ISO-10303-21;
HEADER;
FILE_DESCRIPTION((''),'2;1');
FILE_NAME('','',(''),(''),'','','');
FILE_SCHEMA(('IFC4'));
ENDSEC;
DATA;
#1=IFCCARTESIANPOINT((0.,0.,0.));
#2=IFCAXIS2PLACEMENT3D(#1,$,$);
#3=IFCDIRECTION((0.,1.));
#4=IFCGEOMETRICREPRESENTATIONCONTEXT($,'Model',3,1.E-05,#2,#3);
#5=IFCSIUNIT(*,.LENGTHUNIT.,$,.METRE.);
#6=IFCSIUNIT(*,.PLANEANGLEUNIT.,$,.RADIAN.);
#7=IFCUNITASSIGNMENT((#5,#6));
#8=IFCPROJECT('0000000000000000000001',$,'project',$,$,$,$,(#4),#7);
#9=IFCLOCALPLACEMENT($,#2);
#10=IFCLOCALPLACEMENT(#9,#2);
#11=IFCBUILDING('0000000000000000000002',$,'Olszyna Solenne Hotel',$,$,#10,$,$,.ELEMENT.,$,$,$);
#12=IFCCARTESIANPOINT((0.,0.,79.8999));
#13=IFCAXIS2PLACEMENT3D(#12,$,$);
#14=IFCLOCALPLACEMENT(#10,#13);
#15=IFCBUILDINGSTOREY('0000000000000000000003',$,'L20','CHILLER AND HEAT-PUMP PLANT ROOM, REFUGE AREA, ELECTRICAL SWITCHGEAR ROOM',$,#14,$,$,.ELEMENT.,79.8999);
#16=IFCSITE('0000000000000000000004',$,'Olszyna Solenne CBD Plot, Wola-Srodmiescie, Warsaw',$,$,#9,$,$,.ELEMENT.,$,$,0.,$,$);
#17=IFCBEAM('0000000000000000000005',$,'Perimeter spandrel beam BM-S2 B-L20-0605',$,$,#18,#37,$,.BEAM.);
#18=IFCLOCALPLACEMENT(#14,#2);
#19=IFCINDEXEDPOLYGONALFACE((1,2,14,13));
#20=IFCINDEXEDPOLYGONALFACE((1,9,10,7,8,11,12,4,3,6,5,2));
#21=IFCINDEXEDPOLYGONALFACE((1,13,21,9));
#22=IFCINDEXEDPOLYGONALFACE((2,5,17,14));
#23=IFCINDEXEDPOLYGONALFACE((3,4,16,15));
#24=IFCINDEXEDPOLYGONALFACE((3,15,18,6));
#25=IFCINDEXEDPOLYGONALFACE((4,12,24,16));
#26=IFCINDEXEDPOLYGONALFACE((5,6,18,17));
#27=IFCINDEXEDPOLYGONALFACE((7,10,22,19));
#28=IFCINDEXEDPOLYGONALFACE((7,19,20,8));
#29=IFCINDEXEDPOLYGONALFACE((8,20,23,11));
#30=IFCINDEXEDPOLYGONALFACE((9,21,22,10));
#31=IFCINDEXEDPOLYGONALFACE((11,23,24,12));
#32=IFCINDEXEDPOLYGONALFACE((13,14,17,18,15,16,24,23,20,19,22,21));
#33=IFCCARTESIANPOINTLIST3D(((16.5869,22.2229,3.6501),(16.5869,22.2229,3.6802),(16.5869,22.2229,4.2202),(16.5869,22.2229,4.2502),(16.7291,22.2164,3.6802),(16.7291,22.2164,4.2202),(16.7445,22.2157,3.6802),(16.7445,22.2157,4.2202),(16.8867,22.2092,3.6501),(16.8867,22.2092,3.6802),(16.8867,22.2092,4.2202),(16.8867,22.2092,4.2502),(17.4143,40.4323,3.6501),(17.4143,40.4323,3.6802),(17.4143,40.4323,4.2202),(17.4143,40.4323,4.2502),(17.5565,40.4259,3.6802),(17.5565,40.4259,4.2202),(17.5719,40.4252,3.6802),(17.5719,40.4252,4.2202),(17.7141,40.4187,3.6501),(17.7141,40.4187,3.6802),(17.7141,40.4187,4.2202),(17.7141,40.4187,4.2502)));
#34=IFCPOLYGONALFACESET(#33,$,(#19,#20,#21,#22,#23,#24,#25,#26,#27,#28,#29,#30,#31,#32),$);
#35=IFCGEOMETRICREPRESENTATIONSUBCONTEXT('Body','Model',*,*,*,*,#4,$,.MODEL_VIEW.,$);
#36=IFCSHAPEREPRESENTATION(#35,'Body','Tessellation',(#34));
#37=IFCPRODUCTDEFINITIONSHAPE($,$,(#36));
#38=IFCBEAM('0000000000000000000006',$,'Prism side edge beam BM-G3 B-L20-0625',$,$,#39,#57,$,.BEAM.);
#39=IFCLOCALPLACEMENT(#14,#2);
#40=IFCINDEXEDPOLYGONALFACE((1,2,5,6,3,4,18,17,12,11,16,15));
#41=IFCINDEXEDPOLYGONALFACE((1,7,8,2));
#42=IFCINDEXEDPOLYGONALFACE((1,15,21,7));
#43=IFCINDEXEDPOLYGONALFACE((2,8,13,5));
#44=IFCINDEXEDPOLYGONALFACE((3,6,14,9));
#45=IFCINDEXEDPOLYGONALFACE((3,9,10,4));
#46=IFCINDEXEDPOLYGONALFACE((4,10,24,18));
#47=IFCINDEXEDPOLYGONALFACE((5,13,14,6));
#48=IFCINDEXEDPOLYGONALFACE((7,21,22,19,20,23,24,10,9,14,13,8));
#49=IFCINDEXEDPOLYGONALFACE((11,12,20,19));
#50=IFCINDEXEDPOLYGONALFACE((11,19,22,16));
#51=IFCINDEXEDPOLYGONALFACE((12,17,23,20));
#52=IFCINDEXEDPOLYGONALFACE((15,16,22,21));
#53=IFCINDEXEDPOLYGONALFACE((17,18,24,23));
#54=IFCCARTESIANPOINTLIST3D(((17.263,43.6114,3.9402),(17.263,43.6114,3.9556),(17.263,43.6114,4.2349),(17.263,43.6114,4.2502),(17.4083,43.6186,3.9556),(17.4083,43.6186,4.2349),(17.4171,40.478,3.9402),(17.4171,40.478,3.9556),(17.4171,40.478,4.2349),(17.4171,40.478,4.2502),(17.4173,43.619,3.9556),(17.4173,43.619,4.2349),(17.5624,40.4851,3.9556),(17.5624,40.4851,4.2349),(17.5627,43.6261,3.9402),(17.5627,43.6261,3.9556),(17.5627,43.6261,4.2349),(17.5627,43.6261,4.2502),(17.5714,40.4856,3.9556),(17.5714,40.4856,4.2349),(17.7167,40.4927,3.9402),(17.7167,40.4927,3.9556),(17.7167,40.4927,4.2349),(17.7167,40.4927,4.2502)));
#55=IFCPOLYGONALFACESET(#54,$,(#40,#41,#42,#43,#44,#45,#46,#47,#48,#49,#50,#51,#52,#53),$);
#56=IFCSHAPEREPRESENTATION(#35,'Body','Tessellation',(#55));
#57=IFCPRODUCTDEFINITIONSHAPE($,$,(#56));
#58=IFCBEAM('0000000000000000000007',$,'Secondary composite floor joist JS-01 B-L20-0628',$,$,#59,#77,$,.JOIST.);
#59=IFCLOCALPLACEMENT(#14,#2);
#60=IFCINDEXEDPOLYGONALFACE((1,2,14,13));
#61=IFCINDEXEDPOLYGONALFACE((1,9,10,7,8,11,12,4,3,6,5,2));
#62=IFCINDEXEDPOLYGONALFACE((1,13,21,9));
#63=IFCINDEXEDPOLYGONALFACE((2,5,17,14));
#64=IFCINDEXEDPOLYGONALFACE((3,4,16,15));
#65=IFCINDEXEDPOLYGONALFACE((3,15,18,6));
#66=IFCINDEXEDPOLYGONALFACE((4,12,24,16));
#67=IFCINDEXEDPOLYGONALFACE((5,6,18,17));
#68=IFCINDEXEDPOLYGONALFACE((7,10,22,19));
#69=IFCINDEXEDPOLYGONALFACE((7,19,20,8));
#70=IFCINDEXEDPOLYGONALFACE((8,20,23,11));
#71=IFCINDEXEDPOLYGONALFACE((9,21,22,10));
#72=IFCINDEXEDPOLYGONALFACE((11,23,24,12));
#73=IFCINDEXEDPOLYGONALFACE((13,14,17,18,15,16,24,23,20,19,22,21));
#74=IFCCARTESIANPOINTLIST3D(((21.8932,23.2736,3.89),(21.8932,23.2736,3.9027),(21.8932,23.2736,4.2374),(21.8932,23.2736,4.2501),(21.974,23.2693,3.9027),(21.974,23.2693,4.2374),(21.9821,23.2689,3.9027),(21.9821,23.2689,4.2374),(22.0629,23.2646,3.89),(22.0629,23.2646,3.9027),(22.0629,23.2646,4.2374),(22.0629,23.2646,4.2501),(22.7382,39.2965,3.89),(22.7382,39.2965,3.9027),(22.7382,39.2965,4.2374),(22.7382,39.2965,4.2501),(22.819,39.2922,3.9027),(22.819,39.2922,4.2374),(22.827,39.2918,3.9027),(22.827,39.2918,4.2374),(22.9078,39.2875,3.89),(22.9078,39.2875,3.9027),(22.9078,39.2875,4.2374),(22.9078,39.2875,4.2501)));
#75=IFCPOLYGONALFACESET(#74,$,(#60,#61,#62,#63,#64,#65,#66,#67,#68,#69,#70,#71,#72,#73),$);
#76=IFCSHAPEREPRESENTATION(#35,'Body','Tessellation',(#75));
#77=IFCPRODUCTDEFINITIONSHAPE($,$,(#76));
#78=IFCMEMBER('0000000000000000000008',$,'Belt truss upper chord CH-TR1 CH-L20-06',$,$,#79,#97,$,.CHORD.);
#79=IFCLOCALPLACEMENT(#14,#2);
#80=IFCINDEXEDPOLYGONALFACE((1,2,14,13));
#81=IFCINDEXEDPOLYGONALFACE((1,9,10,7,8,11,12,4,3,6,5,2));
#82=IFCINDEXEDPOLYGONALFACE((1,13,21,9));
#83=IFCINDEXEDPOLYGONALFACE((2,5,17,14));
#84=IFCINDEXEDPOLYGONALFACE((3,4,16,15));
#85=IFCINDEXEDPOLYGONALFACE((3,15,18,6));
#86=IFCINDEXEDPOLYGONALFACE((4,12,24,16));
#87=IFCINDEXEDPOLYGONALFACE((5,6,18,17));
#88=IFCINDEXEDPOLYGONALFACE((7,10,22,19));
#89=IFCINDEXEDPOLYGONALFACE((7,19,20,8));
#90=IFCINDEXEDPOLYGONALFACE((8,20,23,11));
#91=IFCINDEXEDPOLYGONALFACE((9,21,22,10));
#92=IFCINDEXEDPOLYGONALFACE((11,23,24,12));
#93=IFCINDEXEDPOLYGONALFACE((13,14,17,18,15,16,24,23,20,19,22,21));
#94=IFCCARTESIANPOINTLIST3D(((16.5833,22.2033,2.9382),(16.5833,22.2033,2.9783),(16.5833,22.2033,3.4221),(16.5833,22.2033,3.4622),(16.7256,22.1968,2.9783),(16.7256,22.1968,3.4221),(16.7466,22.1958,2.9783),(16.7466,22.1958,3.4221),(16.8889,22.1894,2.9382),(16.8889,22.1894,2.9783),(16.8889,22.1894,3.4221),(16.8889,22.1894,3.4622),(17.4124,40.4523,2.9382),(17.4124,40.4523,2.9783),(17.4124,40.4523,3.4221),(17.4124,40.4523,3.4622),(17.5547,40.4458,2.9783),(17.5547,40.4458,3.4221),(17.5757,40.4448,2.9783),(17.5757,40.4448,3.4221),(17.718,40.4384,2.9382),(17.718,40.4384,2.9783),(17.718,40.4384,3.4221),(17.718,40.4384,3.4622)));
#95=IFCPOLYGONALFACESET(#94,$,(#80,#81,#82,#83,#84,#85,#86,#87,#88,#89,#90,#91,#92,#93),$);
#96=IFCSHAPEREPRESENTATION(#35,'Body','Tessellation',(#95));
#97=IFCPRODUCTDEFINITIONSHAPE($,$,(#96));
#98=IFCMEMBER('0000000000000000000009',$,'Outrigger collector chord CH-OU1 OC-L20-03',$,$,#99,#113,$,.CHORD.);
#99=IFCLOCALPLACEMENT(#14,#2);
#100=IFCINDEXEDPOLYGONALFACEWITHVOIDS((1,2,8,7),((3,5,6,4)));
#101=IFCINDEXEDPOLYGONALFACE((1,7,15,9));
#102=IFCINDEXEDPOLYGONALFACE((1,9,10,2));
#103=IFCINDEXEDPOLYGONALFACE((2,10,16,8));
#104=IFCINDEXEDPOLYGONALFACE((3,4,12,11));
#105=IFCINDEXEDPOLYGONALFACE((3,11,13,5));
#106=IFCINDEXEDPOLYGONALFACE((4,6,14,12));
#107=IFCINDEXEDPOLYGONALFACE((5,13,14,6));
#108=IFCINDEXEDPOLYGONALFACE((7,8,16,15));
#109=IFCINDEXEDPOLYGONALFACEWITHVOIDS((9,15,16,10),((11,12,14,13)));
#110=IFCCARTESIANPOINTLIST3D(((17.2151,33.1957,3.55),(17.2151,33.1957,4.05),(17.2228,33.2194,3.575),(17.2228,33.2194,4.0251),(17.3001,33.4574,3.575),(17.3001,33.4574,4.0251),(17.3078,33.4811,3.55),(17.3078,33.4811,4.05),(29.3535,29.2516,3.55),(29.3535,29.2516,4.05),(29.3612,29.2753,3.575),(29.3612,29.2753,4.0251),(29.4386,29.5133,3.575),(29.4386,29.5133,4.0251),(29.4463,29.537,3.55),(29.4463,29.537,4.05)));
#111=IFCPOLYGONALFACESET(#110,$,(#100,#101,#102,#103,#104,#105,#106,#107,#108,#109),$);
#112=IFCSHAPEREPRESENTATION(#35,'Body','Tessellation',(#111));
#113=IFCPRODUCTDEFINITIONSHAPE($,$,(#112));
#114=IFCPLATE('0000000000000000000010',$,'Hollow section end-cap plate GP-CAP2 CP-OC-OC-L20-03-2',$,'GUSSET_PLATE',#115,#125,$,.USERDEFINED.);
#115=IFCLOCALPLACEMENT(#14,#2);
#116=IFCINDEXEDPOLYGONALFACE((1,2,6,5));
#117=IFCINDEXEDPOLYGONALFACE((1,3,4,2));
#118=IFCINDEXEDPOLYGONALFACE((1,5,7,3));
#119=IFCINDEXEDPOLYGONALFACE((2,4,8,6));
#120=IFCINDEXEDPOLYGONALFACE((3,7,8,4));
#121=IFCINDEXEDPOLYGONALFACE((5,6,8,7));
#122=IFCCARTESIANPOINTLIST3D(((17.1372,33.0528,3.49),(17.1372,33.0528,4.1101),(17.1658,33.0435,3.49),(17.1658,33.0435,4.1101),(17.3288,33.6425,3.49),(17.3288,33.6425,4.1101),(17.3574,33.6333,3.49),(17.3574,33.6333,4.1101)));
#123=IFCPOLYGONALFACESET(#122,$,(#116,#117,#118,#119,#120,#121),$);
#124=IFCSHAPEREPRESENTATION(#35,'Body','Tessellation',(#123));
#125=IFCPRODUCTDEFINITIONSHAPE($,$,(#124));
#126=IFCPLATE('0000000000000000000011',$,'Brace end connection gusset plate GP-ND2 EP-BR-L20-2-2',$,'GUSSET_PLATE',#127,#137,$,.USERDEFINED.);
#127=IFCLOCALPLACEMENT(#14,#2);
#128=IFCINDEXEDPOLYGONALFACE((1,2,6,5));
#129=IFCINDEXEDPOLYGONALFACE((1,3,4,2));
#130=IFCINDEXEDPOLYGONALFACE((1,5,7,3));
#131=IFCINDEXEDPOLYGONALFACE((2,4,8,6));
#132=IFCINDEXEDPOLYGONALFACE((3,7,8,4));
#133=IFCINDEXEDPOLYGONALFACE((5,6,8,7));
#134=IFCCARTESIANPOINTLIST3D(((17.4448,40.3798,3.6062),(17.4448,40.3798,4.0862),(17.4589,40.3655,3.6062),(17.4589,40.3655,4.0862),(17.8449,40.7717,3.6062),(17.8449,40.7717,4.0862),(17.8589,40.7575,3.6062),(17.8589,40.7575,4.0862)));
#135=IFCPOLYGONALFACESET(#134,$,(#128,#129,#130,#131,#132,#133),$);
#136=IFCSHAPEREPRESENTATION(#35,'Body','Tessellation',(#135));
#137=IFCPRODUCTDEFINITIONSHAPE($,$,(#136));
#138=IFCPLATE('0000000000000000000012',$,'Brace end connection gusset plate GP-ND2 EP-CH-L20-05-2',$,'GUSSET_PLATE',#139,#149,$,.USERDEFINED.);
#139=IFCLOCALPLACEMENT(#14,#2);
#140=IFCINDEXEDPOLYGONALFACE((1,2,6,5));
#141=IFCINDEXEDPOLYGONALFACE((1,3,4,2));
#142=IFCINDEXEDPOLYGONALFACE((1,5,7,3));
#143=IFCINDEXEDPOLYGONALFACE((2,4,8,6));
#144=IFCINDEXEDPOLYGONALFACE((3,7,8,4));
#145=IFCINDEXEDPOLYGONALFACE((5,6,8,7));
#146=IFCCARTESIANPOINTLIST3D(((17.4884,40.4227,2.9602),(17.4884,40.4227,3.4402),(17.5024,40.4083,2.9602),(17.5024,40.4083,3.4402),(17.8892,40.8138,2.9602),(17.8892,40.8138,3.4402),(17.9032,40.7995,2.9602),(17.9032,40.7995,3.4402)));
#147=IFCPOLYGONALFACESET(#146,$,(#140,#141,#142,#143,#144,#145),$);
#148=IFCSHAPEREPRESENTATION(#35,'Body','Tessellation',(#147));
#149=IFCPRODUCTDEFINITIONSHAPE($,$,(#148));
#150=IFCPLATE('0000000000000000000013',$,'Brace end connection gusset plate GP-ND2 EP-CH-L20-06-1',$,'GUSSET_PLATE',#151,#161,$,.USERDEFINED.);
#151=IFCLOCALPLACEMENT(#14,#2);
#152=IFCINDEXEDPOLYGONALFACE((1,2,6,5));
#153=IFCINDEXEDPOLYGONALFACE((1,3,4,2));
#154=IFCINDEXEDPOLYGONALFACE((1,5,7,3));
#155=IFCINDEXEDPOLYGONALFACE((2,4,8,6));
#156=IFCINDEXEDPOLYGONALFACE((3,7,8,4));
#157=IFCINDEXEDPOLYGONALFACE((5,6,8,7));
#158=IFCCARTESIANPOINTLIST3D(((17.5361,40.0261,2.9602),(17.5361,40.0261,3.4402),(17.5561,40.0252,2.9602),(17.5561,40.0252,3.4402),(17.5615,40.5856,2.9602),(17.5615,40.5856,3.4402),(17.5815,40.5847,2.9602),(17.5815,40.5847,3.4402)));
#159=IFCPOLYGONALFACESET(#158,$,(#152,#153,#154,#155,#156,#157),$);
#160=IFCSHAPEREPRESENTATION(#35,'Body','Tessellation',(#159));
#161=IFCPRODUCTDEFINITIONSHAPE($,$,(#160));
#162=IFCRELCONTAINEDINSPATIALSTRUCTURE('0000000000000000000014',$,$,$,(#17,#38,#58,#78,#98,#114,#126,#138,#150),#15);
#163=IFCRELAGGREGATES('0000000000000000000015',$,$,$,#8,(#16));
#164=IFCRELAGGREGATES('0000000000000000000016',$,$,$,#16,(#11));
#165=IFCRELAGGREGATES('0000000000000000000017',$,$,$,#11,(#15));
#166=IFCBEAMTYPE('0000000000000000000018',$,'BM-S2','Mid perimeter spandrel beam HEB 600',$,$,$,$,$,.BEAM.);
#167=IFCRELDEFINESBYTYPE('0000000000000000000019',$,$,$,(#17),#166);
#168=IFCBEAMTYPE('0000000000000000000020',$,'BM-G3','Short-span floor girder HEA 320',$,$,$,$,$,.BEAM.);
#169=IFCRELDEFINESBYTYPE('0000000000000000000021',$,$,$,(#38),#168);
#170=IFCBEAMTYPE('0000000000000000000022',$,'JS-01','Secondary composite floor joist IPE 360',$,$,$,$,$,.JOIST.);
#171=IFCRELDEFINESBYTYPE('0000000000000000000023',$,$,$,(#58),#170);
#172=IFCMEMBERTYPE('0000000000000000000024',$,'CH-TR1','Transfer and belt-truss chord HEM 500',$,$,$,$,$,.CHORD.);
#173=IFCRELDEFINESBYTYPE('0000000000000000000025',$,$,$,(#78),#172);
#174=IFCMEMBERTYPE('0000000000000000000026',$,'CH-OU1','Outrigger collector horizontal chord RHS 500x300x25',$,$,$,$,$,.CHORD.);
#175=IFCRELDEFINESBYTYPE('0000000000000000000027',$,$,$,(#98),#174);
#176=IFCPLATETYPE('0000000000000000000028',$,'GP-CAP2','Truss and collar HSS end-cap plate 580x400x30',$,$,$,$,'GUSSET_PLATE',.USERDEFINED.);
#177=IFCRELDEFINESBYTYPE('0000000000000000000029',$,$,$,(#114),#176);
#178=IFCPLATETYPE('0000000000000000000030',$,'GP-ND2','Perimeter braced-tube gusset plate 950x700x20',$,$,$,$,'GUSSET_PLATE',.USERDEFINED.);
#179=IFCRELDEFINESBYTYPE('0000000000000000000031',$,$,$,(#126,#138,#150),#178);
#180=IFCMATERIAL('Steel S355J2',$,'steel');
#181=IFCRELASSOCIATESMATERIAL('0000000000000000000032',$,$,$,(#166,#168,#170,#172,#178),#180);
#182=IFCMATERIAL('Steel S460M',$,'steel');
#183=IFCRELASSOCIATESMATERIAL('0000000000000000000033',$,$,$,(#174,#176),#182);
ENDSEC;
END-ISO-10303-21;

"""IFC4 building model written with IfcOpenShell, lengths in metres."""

from ifc_helpers import new_model, si_unit, direction, frame, origin, origin_2d, place, context, subcontext, project, spatial, rectangle, hollow_rectangle, i_section, extrude, source, transform, mapped, material, material_profile, profile_set, type_object, element, save


model = new_model("IFC4")

# Units and contexts
model_context = context("Model", 3, precision=1e-05, world=origin(), true_north=direction((0.0, 1.0)))
body_context = subcontext(model_context, "Body", "Model", "MODEL_VIEW")
ifc_project = project(units=[si_unit("LENGTHUNIT", "METRE"), si_unit("PLANEANGLEUNIT", "RADIAN")], contexts=[model_context])

# Site, building, storey
site_placement = place(None, origin())
site = spatial("IfcSite", under=ifc_project, at=site_placement, Name="Olszyna Solenne CBD Plot, Wola-Srodmiescie, Warsaw", CompositionType="ELEMENT", RefElevation=0.0)
building_placement = place(site_placement, origin())
building = spatial("IfcBuilding", under=site, at=building_placement, Name="Olszyna Solenne Hotel", CompositionType="ELEMENT")
storey_placement = place(building_placement, frame((0.0, 0.0, 79.8999)))
storey = spatial("IfcBuildingStorey", under=building, at=storey_placement, Name="L20", Description="CHILLER AND HEAT-PUMP PLANT ROOM, REFUGE AREA, ELECTRICAL SWITCHGEAR ROOM", CompositionType="ELEMENT", Elevation=79.8999)

# Beams
ifc_material_1 = material(Name="Steel S355J2", Category="steel")
ifc_material_profile_1 = material_profile(ifc_material_1, i_section(OverallWidth=0.3, OverallDepth=0.6001, WebThickness=0.0154, FlangeThickness=0.03, at=origin_2d()), Name="HEB 600", Category="load-bearing")
ifc_profile_set_1 = profile_set([ifc_material_profile_1], Name="Steel S355J2")
beam_type_1 = type_object("IfcBeamType", Name="BM-S2", Description="Mid perimeter spandrel beam HEB 600", PredefinedType="BEAM", material=ifc_profile_set_1)
shared_shape_1 = source(origin(), body_context, "Body", "SweptSolid", [
    extrude(i_section(OverallWidth=0.3, OverallDepth=0.6001, WebThickness=0.0154, FlangeThickness=0.03, at=origin_2d()), origin(), (0.0, 0.0, 1.0), 18.2283),
])
beam_1_placement = place(storey_placement, frame((17.5642, 40.4255, 3.9502), z_axis=(-0.045391, -0.998969, 0.0), x_axis=(0.998969, -0.045391, 0.0)))
element("IfcBeam", 1, at=beam_1_placement, inside=storey, type_object=beam_type_1, Name="Perimeter spandrel beam BM-S2 B-L20-0605", PredefinedType="BEAM", context=body_context, shape_type="MappedRepresentation", body=[
    mapped(shared_shape_1, transform((0.0, 0.0, 0.0), x_axis=(1.0, 0.0, 0.0), y_axis=(0.0, 1.0, 0.0), z_axis=(0.0, 0.0, 1.0), scale=1.0)),
])
ifc_material_profile_2 = material_profile(ifc_material_1, i_section(OverallWidth=0.3, OverallDepth=0.3101, WebThickness=0.009, FlangeThickness=0.0154, at=origin_2d()), Name="HEA 320", Category="load-bearing")
ifc_profile_set_2 = profile_set([ifc_material_profile_2], Name="Steel S355J2")
beam_type_2 = type_object("IfcBeamType", Name="BM-G3", Description="Short-span floor girder HEA 320", PredefinedType="BEAM", material=ifc_profile_set_2)
shared_shape_2 = source(origin(), body_context, "Body", "SweptSolid", [
    extrude(i_section(OverallWidth=0.3, OverallDepth=0.3101, WebThickness=0.009, FlangeThickness=0.0154, at=origin_2d()), origin(), (0.0, 0.0, 1.0), 3.1372),
])
beam_2_placement = place(storey_placement, frame((17.5669, 40.4854, 4.0952), z_axis=(-0.049107, 0.998794, 0.0), x_axis=(-0.998794, -0.049107, 0.0)))
element("IfcBeam", 2, at=beam_2_placement, inside=storey, type_object=beam_type_2, Name="Prism side edge beam BM-G3 B-L20-0625", PredefinedType="BEAM", context=body_context, shape_type="MappedRepresentation", body=[
    mapped(shared_shape_2, transform((0.0, 0.0, 0.0), x_axis=(1.0, 0.0, 0.0), y_axis=(0.0, 1.0, 0.0), z_axis=(0.0, 0.0, 1.0), scale=1.0)),
])
ifc_material_profile_3 = material_profile(ifc_material_1, i_section(OverallWidth=0.1699, OverallDepth=0.3601, WebThickness=0.0081, FlangeThickness=0.0127, at=origin_2d()), Name="IPE 360", Category="load-bearing")
ifc_profile_set_3 = profile_set([ifc_material_profile_3], Name="Steel S355J2")
beam_type_3 = type_object("IfcBeamType", Name="JS-01", Description="Secondary composite floor joist IPE 360", PredefinedType="JOIST", material=ifc_profile_set_3)
shared_shape_3 = source(origin(), body_context, "Body", "SweptSolid", [
    extrude(i_section(OverallWidth=0.1699, OverallDepth=0.3601, WebThickness=0.0081, FlangeThickness=0.0127, at=origin_2d()), origin(), (0.0, 0.0, 1.0), 16.0452),
])
beam_3_placement = place(storey_placement, frame((22.823, 39.292, 4.0701), z_axis=(-0.052662, -0.998612, 0.0), x_axis=(0.998612, -0.052662, 0.0)))
element("IfcBeam", 3, at=beam_3_placement, inside=storey, type_object=beam_type_3, Name="Secondary composite floor joist JS-01 B-L20-0628", PredefinedType="JOIST", context=body_context, shape_type="MappedRepresentation", body=[
    mapped(shared_shape_3, transform((0.0, 0.0, 0.0), x_axis=(1.0, 0.0, 0.0), y_axis=(0.0, 1.0, 0.0), z_axis=(0.0, 0.0, 1.0), scale=1.0)),
])

# Members
ifc_material_profile_4 = material_profile(ifc_material_1, i_section(OverallWidth=0.3059, OverallDepth=0.5239, WebThickness=0.021, FlangeThickness=0.04, at=origin_2d()), Name="HEM 500", Category="load-bearing")
ifc_profile_set_4 = profile_set([ifc_material_profile_4], Name="Steel S355J2")
member_type_1 = type_object("IfcMemberType", Name="CH-TR1", Description="Transfer and belt-truss chord HEM 500", PredefinedType="CHORD", material=ifc_profile_set_4)
shared_shape_4 = source(origin(), body_context, "Body", "SweptSolid", [
    extrude(i_section(OverallWidth=0.3059, OverallDepth=0.5239, WebThickness=0.021, FlangeThickness=0.04, at=origin_2d()), origin(), (0.0, 0.0, 1.0), 18.2678),
])
member_1_placement = place(storey_placement, frame((17.5652, 40.4453, 3.2002), z_axis=(-0.045386, -0.99897, 0.0), x_axis=(0.99897, -0.045386, 0.0)))
element("IfcMember", 4, at=member_1_placement, inside=storey, type_object=member_type_1, Name="Belt truss upper chord CH-TR1 CH-L20-06", PredefinedType="CHORD", context=body_context, shape_type="MappedRepresentation", body=[
    mapped(shared_shape_4, transform((0.0, 0.0, 0.0), x_axis=(1.0, 0.0, 0.0), y_axis=(0.0, 1.0, 0.0), z_axis=(0.0, 0.0, 1.0), scale=1.0)),
])
ifc_material_2 = material(Name="Steel S460M", Category="steel")
ifc_material_profile_5 = material_profile(ifc_material_2, hollow_rectangle(XDim=0.3, YDim=0.5, WallThickness=0.0249, at=origin_2d()), Name="RHS 500x300x25", Category="load-bearing")
ifc_profile_set_5 = profile_set([ifc_material_profile_5], Name="Steel S460M")
member_type_2 = type_object("IfcMemberType", Name="CH-OU1", Description="Outrigger collector horizontal chord RHS 500x300x25", PredefinedType="CHORD", material=ifc_profile_set_5)
shared_shape_5 = source(origin(), body_context, "Body", "SweptSolid", [
    extrude(hollow_rectangle(XDim=0.3, YDim=0.5, WallThickness=0.0249, at=origin_2d()), origin(), (0.0, 0.0, 1.0), 12.7632),
])
member_2_placement = place(storey_placement, frame((29.3999, 29.3943, 3.8), z_axis=(-0.951055, 0.309022, 0.0), x_axis=(-0.309022, -0.951055, 0.0)))
element("IfcMember", 5, at=member_2_placement, inside=storey, type_object=member_type_2, Name="Outrigger collector chord CH-OU1 OC-L20-03", PredefinedType="CHORD", context=body_context, shape_type="MappedRepresentation", body=[
    mapped(shared_shape_5, transform((0.0, 0.0, 0.0), x_axis=(1.0, 0.0, 0.0), y_axis=(0.0, 1.0, 0.0), z_axis=(0.0, 0.0, 1.0), scale=1.0)),
])

# Plates
plate_type_1 = type_object("IfcPlateType", Name="GP-CAP2", Description="Truss and collar HSS end-cap plate 580x400x30", ElementType="GUSSET_PLATE", PredefinedType="USERDEFINED", material=ifc_material_2)
shared_shape_6 = source(origin(), body_context, "Body", "SweptSolid", [
    extrude(rectangle(XDim=0.03, YDim=0.6201, at=origin_2d()), origin(), (0.0, 0.0, 1.0), 0.6201),
])
plate_1_placement = place(storey_placement, frame((17.2473, 33.343, 3.49), z_axis=(0.0, 0.0, 1.0), x_axis=(-0.951057, 0.309017, 0.0)))
element("IfcPlate", 6, at=plate_1_placement, inside=storey, type_object=plate_type_1, Name="Hollow section end-cap plate GP-CAP2 CP-OC-OC-L20-03-2", ObjectType="GUSSET_PLATE", PredefinedType="USERDEFINED", context=body_context, shape_type="MappedRepresentation", body=[
    mapped(shared_shape_6, transform((0.0, 0.0, 0.0), x_axis=(1.0, 0.0, 0.0), y_axis=(0.0, 1.0, 0.0), z_axis=(0.0, 0.0, 1.0), scale=1.0)),
])
plate_type_2 = type_object("IfcPlateType", Name="GP-ND2", Description="Perimeter braced-tube gusset plate 950x700x20", ElementType="GUSSET_PLATE", PredefinedType="USERDEFINED", material=ifc_material_1)
shared_shape_7 = source(origin(), body_context, "Body", "SweptSolid", [
    extrude(rectangle(XDim=0.5601, YDim=0.02, at=origin_2d()), origin(), (0.0, 0.0, 1.0), 0.48),
])
for number, where, z_axis, x_axis, name in (
    (7, (17.6519, 40.5686, 3.6062), (0.0, 0.0, 1.0), (-0.714228, -0.699913, 0.0), "Brace end connection gusset plate GP-ND2 EP-BR-L20-2-2"),
    (8, (17.6958, 40.6111, 2.9602), (0.0, 0.0, 1.0), (-0.715693, -0.698415, 0.0), "Brace end connection gusset plate GP-ND2 EP-CH-L20-05-2"),
    (9, (17.5588, 40.3054, 2.9602), (0.0, 0.0, 1.0), (-0.045363, -0.998971, 0.0), "Brace end connection gusset plate GP-ND2 EP-CH-L20-06-1"),
):
    element("IfcPlate", number, at=place(storey_placement, frame(where, z_axis=z_axis, x_axis=x_axis)), inside=storey, type_object=plate_type_2, Name=name, ObjectType="GUSSET_PLATE", PredefinedType="USERDEFINED", context=body_context, shape_type="MappedRepresentation", body=[
        mapped(shared_shape_7, transform((0.0, 0.0, 0.0), x_axis=(1.0, 0.0, 0.0), y_axis=(0.0, 1.0, 0.0), z_axis=(0.0, 0.0, 1.0), scale=1.0)),
    ])

save(model, "model.ifc")
